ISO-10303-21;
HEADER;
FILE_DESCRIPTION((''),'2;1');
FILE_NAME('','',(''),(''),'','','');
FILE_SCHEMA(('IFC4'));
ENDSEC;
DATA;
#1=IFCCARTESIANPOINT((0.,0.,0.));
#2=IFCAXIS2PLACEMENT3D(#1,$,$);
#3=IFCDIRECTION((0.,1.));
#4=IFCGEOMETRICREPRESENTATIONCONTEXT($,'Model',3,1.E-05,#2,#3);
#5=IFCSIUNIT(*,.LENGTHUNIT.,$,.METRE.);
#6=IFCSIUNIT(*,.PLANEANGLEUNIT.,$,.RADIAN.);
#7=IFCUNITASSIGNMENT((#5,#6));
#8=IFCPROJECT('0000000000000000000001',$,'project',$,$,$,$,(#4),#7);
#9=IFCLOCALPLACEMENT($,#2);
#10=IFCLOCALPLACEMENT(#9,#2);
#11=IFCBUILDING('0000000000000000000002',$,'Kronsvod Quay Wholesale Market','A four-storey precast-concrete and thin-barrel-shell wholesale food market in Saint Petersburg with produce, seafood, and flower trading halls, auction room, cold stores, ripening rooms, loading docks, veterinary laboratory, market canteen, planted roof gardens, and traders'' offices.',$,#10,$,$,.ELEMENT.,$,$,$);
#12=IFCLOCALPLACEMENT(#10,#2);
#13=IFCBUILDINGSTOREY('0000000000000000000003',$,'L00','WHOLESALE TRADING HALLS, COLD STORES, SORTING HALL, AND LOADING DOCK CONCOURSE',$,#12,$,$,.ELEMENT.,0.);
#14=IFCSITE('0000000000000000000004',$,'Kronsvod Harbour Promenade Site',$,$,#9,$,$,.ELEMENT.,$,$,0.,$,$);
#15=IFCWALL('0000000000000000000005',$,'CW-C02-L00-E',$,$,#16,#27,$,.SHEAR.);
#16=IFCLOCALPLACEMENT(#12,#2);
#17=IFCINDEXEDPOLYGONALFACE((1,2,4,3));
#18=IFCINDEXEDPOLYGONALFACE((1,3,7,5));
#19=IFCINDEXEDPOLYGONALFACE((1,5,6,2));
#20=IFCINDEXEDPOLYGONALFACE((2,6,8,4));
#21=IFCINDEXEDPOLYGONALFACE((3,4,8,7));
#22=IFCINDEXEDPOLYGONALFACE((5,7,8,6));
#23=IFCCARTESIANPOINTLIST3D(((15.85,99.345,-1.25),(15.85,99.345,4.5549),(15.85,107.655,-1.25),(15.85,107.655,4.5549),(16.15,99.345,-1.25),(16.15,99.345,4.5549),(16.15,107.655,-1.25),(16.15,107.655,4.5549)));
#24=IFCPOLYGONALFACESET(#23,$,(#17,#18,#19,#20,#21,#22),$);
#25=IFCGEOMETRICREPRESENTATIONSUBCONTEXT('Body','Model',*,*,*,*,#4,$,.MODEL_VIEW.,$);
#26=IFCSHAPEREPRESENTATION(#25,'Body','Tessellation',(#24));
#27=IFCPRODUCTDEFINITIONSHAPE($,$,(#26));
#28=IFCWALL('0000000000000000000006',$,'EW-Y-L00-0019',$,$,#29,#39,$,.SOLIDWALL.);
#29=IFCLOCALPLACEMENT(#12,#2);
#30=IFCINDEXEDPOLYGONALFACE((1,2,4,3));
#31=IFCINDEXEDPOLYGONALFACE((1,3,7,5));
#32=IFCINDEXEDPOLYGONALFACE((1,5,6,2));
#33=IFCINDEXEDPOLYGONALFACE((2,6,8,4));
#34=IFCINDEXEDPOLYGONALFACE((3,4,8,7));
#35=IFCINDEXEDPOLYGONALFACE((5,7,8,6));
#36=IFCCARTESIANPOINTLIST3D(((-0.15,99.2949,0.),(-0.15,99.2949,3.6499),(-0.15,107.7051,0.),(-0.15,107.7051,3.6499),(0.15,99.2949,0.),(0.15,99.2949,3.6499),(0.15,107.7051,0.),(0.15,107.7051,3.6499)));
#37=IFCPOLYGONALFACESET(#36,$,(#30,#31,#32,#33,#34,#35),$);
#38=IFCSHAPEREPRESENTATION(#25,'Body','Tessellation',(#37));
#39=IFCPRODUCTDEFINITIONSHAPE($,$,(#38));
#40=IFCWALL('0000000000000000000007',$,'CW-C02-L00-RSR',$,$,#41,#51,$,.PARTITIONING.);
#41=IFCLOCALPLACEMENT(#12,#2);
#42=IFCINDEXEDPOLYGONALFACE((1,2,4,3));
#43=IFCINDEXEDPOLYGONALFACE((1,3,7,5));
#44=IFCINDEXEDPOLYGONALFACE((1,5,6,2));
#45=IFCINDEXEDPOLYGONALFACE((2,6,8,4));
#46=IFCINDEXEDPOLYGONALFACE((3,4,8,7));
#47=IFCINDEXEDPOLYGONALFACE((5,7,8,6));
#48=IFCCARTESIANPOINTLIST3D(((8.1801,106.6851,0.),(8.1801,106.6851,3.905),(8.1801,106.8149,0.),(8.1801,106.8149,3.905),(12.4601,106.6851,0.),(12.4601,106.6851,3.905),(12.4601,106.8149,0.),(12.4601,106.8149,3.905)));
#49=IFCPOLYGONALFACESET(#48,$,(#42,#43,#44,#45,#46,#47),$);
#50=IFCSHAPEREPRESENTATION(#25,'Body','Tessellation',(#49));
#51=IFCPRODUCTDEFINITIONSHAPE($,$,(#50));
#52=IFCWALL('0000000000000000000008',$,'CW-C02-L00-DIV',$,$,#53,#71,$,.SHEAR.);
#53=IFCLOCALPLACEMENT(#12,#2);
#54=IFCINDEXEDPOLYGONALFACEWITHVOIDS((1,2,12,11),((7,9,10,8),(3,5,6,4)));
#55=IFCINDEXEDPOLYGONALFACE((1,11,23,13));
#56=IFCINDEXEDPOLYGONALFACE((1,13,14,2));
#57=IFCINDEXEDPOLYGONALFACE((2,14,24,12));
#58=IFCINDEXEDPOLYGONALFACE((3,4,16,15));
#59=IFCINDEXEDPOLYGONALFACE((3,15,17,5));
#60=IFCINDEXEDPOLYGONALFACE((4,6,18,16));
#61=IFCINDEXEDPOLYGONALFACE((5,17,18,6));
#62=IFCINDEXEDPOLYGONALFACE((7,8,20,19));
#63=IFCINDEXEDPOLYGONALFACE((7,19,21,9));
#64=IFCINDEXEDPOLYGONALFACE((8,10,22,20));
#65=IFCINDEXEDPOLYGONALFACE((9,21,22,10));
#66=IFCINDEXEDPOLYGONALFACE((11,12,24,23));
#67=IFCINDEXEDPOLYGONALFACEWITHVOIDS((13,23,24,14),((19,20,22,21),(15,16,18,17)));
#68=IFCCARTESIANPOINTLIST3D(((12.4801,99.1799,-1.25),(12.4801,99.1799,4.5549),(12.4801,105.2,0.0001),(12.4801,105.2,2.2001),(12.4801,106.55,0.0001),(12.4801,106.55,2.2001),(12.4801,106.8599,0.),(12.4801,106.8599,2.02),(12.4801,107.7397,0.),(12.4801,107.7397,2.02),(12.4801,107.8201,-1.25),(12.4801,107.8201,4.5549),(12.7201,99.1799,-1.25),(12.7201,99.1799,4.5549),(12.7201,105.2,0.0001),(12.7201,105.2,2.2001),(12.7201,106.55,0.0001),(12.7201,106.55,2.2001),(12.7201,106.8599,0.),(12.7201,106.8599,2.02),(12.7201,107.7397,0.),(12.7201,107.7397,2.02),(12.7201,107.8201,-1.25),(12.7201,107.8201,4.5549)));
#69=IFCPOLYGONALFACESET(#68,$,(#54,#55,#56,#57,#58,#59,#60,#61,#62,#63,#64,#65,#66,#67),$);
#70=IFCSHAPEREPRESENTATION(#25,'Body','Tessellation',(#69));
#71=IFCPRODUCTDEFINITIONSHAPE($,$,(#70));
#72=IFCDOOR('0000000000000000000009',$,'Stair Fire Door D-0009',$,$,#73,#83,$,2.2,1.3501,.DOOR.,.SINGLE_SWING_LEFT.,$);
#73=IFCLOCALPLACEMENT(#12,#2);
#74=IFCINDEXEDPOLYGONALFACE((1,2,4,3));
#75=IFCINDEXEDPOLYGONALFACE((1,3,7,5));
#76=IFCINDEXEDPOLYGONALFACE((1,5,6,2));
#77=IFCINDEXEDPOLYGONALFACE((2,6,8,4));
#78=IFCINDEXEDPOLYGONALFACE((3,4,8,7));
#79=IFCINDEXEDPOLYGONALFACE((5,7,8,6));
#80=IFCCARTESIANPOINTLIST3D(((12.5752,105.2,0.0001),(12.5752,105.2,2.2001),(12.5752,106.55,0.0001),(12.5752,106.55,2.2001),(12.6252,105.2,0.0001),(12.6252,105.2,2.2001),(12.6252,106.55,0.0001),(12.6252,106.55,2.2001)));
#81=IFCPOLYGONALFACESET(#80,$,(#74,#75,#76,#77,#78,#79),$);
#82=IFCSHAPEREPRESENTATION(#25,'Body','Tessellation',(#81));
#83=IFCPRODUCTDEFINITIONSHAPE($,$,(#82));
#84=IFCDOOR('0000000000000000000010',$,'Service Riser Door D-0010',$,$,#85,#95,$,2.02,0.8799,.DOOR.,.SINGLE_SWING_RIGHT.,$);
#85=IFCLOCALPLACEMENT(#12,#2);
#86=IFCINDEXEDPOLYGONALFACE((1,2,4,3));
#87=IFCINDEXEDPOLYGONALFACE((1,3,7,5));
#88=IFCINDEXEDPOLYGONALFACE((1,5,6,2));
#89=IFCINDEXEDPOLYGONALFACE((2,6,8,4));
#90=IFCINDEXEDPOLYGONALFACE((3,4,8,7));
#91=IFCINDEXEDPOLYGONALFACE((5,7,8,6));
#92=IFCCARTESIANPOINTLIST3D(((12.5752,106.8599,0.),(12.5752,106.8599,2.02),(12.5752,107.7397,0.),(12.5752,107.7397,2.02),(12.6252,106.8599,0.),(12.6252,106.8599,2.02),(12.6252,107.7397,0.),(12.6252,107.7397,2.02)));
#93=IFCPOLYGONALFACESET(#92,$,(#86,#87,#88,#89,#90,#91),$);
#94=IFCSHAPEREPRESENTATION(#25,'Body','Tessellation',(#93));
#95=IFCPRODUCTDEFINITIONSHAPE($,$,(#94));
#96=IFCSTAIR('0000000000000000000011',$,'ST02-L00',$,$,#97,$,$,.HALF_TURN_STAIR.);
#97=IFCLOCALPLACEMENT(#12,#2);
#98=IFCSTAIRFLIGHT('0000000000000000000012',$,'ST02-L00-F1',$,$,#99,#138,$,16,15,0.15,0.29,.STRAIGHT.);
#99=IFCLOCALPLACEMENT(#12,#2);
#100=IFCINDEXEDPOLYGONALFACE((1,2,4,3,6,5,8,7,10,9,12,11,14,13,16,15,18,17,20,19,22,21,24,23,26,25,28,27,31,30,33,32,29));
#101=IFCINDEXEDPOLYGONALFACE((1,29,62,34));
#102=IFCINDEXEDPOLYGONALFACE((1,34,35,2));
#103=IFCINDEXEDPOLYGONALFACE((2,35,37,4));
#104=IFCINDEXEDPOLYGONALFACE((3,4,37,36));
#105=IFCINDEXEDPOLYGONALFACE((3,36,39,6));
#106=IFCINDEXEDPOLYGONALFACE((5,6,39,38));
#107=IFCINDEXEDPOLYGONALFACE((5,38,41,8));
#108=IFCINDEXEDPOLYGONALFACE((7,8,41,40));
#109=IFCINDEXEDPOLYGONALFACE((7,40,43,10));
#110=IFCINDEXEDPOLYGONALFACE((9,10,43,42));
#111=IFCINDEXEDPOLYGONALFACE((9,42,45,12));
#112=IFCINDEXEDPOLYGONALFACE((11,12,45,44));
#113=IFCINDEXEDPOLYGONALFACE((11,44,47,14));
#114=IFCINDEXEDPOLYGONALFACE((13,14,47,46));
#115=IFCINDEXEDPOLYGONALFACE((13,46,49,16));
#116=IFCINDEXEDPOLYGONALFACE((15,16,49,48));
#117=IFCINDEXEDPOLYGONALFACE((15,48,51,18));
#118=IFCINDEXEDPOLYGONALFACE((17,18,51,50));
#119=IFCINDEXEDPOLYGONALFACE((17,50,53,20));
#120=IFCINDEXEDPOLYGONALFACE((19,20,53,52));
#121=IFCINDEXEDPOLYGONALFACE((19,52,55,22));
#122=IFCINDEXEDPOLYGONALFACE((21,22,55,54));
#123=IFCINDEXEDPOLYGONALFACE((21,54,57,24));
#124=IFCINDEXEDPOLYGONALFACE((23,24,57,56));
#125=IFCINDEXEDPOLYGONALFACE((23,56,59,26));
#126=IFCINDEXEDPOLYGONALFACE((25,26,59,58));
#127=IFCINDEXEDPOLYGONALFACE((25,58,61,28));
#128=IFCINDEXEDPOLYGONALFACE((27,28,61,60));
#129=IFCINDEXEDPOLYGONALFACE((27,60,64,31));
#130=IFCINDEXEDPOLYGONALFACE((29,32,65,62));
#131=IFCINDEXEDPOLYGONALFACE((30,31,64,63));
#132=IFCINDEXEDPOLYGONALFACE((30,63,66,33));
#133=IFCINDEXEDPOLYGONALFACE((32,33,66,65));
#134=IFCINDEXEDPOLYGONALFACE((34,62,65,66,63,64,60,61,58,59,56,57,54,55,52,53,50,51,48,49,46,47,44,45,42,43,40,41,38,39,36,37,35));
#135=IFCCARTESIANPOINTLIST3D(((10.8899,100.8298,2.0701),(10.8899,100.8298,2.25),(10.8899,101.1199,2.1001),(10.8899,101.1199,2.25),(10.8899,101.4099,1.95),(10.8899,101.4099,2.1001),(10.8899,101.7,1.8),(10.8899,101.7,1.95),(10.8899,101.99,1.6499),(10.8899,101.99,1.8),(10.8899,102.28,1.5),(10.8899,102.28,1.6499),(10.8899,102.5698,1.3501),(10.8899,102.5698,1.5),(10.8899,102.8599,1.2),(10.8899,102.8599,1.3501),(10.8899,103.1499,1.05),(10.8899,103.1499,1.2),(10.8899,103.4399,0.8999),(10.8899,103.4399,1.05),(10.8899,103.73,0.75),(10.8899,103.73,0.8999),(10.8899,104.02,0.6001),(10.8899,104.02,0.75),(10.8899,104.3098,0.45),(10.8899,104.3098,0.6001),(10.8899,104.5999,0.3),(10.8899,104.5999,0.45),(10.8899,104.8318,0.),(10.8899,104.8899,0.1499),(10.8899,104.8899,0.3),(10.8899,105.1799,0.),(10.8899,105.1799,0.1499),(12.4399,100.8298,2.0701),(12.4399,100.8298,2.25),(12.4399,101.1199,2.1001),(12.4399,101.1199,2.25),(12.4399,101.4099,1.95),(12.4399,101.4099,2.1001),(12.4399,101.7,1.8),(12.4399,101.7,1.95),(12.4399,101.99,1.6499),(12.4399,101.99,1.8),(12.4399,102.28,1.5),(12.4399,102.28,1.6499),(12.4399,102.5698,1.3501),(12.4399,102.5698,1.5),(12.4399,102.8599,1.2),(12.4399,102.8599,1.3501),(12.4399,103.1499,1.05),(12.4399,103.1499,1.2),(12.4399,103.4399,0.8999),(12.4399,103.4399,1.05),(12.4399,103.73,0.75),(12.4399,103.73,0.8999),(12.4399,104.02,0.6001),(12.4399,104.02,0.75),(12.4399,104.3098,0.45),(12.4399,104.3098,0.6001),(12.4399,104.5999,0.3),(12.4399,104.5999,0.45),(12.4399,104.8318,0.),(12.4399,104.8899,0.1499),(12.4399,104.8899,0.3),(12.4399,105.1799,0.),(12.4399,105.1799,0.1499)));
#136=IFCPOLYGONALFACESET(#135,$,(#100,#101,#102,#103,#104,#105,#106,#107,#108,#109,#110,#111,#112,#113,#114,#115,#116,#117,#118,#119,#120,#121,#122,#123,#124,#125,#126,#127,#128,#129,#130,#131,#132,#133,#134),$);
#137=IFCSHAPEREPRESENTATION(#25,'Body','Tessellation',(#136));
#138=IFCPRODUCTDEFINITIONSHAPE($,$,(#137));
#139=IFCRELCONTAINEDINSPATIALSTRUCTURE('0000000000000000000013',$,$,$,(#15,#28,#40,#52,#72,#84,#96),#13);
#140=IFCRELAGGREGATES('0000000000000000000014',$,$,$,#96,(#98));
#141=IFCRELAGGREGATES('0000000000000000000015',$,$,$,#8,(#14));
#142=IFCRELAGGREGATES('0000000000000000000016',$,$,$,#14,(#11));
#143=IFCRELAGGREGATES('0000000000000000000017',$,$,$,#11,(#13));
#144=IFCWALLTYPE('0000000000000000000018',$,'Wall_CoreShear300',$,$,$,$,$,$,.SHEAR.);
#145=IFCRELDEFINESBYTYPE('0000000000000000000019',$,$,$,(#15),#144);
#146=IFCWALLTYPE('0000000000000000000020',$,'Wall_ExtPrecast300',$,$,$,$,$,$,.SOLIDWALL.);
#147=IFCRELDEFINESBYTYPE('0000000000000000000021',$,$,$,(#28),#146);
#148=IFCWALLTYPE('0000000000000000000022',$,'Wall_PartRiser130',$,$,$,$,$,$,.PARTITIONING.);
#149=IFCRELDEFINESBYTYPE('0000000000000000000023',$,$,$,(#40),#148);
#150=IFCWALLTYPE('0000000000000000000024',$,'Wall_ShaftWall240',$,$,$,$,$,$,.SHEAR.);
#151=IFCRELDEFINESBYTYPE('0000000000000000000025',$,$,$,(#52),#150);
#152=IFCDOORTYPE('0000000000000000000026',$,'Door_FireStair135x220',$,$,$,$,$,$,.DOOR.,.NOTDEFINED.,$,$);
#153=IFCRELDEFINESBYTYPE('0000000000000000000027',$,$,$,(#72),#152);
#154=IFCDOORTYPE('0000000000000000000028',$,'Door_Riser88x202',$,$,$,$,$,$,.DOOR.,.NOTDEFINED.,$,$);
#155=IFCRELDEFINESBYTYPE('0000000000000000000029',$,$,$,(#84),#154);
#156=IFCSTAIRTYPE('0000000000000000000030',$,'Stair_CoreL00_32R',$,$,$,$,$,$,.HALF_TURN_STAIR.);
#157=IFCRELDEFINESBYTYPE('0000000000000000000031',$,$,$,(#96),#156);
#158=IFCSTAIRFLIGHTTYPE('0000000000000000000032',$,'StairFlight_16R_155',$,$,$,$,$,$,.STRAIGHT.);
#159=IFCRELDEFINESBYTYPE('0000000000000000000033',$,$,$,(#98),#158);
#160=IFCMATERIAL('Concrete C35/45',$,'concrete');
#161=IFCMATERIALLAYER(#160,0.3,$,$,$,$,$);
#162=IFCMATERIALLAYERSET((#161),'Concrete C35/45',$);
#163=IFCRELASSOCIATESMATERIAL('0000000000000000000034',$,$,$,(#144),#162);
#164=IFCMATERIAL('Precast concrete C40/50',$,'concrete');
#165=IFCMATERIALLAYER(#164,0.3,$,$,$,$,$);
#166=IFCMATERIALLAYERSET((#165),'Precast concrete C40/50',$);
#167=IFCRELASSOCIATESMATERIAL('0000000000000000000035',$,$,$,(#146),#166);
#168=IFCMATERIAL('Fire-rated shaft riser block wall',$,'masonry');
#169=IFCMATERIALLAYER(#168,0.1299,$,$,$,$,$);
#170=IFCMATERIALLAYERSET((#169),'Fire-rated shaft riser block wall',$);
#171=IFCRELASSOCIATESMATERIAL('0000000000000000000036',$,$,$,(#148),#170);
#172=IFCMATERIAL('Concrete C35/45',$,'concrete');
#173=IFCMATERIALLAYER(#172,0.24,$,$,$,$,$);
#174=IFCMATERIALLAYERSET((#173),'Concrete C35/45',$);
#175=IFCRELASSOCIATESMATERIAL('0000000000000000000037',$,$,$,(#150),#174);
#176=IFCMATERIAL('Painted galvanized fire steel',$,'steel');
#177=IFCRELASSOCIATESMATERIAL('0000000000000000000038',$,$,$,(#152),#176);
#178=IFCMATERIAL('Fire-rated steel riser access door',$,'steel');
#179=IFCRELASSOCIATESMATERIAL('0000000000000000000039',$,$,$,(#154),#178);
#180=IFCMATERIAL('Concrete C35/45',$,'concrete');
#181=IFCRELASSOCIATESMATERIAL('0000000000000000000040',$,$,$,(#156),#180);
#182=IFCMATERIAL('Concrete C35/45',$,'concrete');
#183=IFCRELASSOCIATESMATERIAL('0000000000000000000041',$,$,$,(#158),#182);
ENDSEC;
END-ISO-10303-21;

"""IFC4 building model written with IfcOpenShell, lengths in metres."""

from ifc_helpers import new_model, si_unit, direction, frame, frame_2d, origin, place, context, subcontext, project, spatial, polyline, rectangle, outline, extrude, material, layer, layer_set, type_object, element, fill, aggregate, save


model = new_model("IFC4")

# Units and contexts
model_context = context("Model", 3, precision=1e-05, world=origin(), true_north=direction((0.0, 1.0)))
body_context = subcontext(model_context, "Body", "Model", "MODEL_VIEW")
ifc_project = project(units=[si_unit("LENGTHUNIT", "METRE"), si_unit("PLANEANGLEUNIT", "RADIAN")], contexts=[model_context])

# Site, building, storey
site_placement = place(None, origin())
site = spatial("IfcSite", under=ifc_project, at=site_placement, Name="Kronsvod Harbour Promenade Site", CompositionType="ELEMENT", RefElevation=0.0)
building_placement = place(site_placement, origin())
building = spatial("IfcBuilding", under=site, at=building_placement, Name="Kronsvod Quay Wholesale Market", Description="A four-storey precast-concrete and thin-barrel-shell wholesale food market in Saint Petersburg with produce, seafood, and flower trading halls, auction room, cold stores, ripening rooms, loading docks, veterinary laboratory, market canteen, planted roof gardens, and traders' offices.", CompositionType="ELEMENT")
storey_placement = place(building_placement, origin())
storey = spatial("IfcBuildingStorey", under=building, at=storey_placement, Name="L00", Description="WHOLESALE TRADING HALLS, COLD STORES, SORTING HALL, AND LOADING DOCK CONCOURSE", CompositionType="ELEMENT", Elevation=0.0)

# Walls
ifc_material_1 = material(Name="Concrete C35/45", Category="concrete")
ifc_layer_1 = layer(ifc_material_1, 0.3)
ifc_layer_set_1 = layer_set([ifc_layer_1], Name="Concrete C35/45")
wall_type_1 = type_object("IfcWallType", Name="Wall_CoreShear300", PredefinedType="SHEAR", material=ifc_layer_set_1)
for number, where, z_axis, x_axis, name in (
    (1, (16.0, 99.345, -1.25), (0.0, 0.0, 1.0), (0.0, 1.0, 0.0), "CW-C02-L00-E"),
):
    element("IfcWall", number, at=place(storey_placement, frame(where, z_axis=z_axis, x_axis=x_axis)), inside=storey, type_object=wall_type_1, Name=name, PredefinedType="SHEAR", context=body_context, shape_type="SweptSolid", body=[
        extrude(rectangle(XDim=8.3101, YDim=0.3, at=frame_2d((4.155, 0.0))), origin(), (0.0, 0.0, 1.0), 5.8049),
    ])
ifc_material_2 = material(Name="Precast concrete C40/50", Category="concrete")
ifc_layer_2 = layer(ifc_material_2, 0.3)
ifc_layer_set_2 = layer_set([ifc_layer_2], Name="Precast concrete C40/50")
wall_type_2 = type_object("IfcWallType", Name="Wall_ExtPrecast300", PredefinedType="SOLIDWALL", material=ifc_layer_set_2)
wall_1_placement = place(storey_placement, frame((0.0, 107.7051, 0.0), z_axis=(0.0, 0.0, 1.0), x_axis=(0.0, -1.0, 0.0)))
element("IfcWall", 2, at=wall_1_placement, inside=storey, type_object=wall_type_2, Name="EW-Y-L00-0019", PredefinedType="SOLIDWALL", context=body_context, shape_type="SweptSolid", body=[
    extrude(rectangle(XDim=8.4102, YDim=0.3, at=frame_2d((4.2051, 0.0))), origin(), (0.0, 0.0, 1.0), 3.6499),
])
ifc_material_3 = material(Name="Fire-rated shaft riser block wall", Category="masonry")
ifc_layer_3 = layer(ifc_material_3, 0.1299)
ifc_layer_set_3 = layer_set([ifc_layer_3], Name="Fire-rated shaft riser block wall")
wall_type_3 = type_object("IfcWallType", Name="Wall_PartRiser130", PredefinedType="PARTITIONING", material=ifc_layer_set_3)
wall_2_placement = place(storey_placement, frame((8.1799, 106.75, 0.0), z_axis=(0.0, 0.0, 1.0), x_axis=(1.0, 0.0, 0.0)))
element("IfcWall", 3, at=wall_2_placement, inside=storey, type_object=wall_type_3, Name="CW-C02-L00-RSR", PredefinedType="PARTITIONING", context=body_context, shape_type="SweptSolid", body=[
    extrude(rectangle(XDim=4.28, YDim=0.1299, at=frame_2d((2.1401, 0.0))), origin(), (0.0, 0.0, 1.0), 3.905),
])

# Wall, openings, doors
ifc_material_4 = material(Name="Concrete C35/45", Category="concrete")
ifc_layer_4 = layer(ifc_material_4, 0.24)
ifc_layer_set_4 = layer_set([ifc_layer_4], Name="Concrete C35/45")
wall_type_4 = type_object("IfcWallType", Name="Wall_ShaftWall240", PredefinedType="SHEAR", material=ifc_layer_set_4)
wall_3_placement = place(storey_placement, frame((12.6001, 99.1799, -1.25), z_axis=(0.0, 0.0, 1.0), x_axis=(0.0, 1.0, 0.0)))
wall_3 = element("IfcWall", 4, at=wall_3_placement, inside=storey, type_object=wall_type_4, Name="CW-C02-L00-DIV", PredefinedType="SHEAR", context=body_context, shape_type="SweptSolid", body=[
    extrude(rectangle(XDim=8.6401, YDim=0.24, at=frame_2d((4.3201, 0.0))), origin(), (0.0, 0.0, 1.0), 5.8049),
])
opening_1_placement = place(wall_3_placement, frame((6.02, 0.0, 1.25)))
opening_1 = element("IfcOpeningElement", 5, at=opening_1_placement, cuts=wall_3, PredefinedType="OPENING", context=body_context, shape_type="SweptSolid", body=[
    extrude(rectangle(XDim=1.3501, YDim=2.2, at=frame_2d((0.675, 1.1001))), frame((0.0, 0.1299, 0.0), z_axis=(0.0, -1.0, 0.0), x_axis=(1.0, 0.0, 0.0)), (0.0, 0.0, 1.0), 0.26),
])
opening_2_placement = place(wall_3_placement, frame((7.6799, 0.0, 1.25)))
opening_2 = element("IfcOpeningElement", 6, at=opening_2_placement, cuts=wall_3, PredefinedType="OPENING", context=body_context, shape_type="SweptSolid", body=[
    extrude(rectangle(XDim=0.8799, YDim=2.02, at=frame_2d((0.4399, 1.01))), frame((0.0, 0.1299, 0.0), z_axis=(0.0, -1.0, 0.0), x_axis=(1.0, 0.0, 0.0)), (0.0, 0.0, 1.0), 0.26),
])
ifc_material_5 = material(Name="Painted galvanized fire steel", Category="steel")
door_type_1 = type_object("IfcDoorType", Name="Door_FireStair135x220", OperationType="NOTDEFINED", PredefinedType="DOOR", material=ifc_material_5)
door_1_placement = place(opening_1_placement, origin())
door_1 = element("IfcDoor", 7, at=door_1_placement, inside=storey, type_object=door_type_1, Name="Stair Fire Door D-0009", OperationType="SINGLE_SWING_LEFT", OverallHeight=2.2, OverallWidth=1.3501, PredefinedType="DOOR", context=body_context, shape_type="SweptSolid", body=[
    extrude(rectangle(XDim=1.3501, YDim=2.2, at=frame_2d((0.675, 1.1001))), frame((0.0, 0.0249, 0.0), z_axis=(0.0, -1.0, 0.0), x_axis=(1.0, 0.0, 0.0)), (0.0, 0.0, 1.0), 0.05),
])
fill(opening_1, door_1)
ifc_material_6 = material(Name="Fire-rated steel riser access door", Category="steel")
door_type_2 = type_object("IfcDoorType", Name="Door_Riser88x202", OperationType="NOTDEFINED", PredefinedType="DOOR", material=ifc_material_6)
door_2_placement = place(opening_2_placement, origin())
door_2 = element("IfcDoor", 8, at=door_2_placement, inside=storey, type_object=door_type_2, Name="Service Riser Door D-0010", OperationType="SINGLE_SWING_RIGHT", OverallHeight=2.02, OverallWidth=0.8799, PredefinedType="DOOR", context=body_context, shape_type="SweptSolid", body=[
    extrude(rectangle(XDim=0.8799, YDim=2.02, at=frame_2d((0.4399, 1.01))), frame((0.0, 0.0249, 0.0), z_axis=(0.0, -1.0, 0.0), x_axis=(1.0, 0.0, 0.0)), (0.0, 0.0, 1.0), 0.05),
])
fill(opening_2, door_2)

# Stair, stair flight
ifc_material_7 = material(Name="Concrete C35/45", Category="concrete")
stair_type = type_object("IfcStairType", Name="Stair_CoreL00_32R", PredefinedType="HALF_TURN_STAIR", material=ifc_material_7)
stair_placement = place(storey_placement, origin())
stair = element("IfcStair", 9, at=stair_placement, inside=storey, type_object=stair_type, Name="ST02-L00", PredefinedType="HALF_TURN_STAIR")
ifc_material_8 = material(Name="Concrete C35/45", Category="concrete")
stair_flight_type = type_object("IfcStairFlightType", Name="StairFlight_16R_155", PredefinedType="STRAIGHT", material=ifc_material_8)
stair_flight_1_placement = place(storey_placement, frame((11.665, 105.1799, 0.0), z_axis=(0.0, 0.0, 1.0), x_axis=(0.0, -1.0, 0.0)))
stair_flight_1 = element("IfcStairFlight", 10, at=stair_flight_1_placement, type_object=stair_flight_type, Name="ST02-L00-F1", NumberOfRisers=16, NumberOfTreads=15, PredefinedType="STRAIGHT", RiserHeight=0.15, TreadLength=0.29, context=body_context, shape_type="SweptSolid", body=[
    extrude(outline(polyline([(0.0, 0.0), (0.0, 0.1499), (0.29, 0.1499), (0.29, 0.3), (0.5801, 0.3), (0.5801, 0.45), (0.8701, 0.45), (0.8701, 0.6001), (1.1599, 0.6001), (1.1599, 0.75), (1.45, 0.75), (1.45, 0.8999), (1.74, 0.8999), (1.74, 1.05), (2.03, 1.05), (2.03, 1.2), (2.3201, 1.2), (2.3201, 1.3501), (2.6101, 1.3501), (2.6101, 1.5), (2.8999, 1.5), (2.8999, 1.6499), (3.1899, 1.6499), (3.1899, 1.8), (3.48, 1.8), (3.48, 1.95), (3.77, 1.95), (3.77, 2.1001), (4.0601, 2.1001), (4.0601, 2.25), (4.3501, 2.25), (4.3501, 2.3999), (4.3501, 2.0701), (0.3481, 0.0), (0.0, 0.0)])), frame((0.0, 0.7749, 0.0), z_axis=(0.0, -1.0, 0.0), x_axis=(1.0, 0.0, 0.0)), (0.0, 0.0, 1.0), 1.55),
])
aggregate(stair, [stair_flight_1])

save(model, "model.ifc")
